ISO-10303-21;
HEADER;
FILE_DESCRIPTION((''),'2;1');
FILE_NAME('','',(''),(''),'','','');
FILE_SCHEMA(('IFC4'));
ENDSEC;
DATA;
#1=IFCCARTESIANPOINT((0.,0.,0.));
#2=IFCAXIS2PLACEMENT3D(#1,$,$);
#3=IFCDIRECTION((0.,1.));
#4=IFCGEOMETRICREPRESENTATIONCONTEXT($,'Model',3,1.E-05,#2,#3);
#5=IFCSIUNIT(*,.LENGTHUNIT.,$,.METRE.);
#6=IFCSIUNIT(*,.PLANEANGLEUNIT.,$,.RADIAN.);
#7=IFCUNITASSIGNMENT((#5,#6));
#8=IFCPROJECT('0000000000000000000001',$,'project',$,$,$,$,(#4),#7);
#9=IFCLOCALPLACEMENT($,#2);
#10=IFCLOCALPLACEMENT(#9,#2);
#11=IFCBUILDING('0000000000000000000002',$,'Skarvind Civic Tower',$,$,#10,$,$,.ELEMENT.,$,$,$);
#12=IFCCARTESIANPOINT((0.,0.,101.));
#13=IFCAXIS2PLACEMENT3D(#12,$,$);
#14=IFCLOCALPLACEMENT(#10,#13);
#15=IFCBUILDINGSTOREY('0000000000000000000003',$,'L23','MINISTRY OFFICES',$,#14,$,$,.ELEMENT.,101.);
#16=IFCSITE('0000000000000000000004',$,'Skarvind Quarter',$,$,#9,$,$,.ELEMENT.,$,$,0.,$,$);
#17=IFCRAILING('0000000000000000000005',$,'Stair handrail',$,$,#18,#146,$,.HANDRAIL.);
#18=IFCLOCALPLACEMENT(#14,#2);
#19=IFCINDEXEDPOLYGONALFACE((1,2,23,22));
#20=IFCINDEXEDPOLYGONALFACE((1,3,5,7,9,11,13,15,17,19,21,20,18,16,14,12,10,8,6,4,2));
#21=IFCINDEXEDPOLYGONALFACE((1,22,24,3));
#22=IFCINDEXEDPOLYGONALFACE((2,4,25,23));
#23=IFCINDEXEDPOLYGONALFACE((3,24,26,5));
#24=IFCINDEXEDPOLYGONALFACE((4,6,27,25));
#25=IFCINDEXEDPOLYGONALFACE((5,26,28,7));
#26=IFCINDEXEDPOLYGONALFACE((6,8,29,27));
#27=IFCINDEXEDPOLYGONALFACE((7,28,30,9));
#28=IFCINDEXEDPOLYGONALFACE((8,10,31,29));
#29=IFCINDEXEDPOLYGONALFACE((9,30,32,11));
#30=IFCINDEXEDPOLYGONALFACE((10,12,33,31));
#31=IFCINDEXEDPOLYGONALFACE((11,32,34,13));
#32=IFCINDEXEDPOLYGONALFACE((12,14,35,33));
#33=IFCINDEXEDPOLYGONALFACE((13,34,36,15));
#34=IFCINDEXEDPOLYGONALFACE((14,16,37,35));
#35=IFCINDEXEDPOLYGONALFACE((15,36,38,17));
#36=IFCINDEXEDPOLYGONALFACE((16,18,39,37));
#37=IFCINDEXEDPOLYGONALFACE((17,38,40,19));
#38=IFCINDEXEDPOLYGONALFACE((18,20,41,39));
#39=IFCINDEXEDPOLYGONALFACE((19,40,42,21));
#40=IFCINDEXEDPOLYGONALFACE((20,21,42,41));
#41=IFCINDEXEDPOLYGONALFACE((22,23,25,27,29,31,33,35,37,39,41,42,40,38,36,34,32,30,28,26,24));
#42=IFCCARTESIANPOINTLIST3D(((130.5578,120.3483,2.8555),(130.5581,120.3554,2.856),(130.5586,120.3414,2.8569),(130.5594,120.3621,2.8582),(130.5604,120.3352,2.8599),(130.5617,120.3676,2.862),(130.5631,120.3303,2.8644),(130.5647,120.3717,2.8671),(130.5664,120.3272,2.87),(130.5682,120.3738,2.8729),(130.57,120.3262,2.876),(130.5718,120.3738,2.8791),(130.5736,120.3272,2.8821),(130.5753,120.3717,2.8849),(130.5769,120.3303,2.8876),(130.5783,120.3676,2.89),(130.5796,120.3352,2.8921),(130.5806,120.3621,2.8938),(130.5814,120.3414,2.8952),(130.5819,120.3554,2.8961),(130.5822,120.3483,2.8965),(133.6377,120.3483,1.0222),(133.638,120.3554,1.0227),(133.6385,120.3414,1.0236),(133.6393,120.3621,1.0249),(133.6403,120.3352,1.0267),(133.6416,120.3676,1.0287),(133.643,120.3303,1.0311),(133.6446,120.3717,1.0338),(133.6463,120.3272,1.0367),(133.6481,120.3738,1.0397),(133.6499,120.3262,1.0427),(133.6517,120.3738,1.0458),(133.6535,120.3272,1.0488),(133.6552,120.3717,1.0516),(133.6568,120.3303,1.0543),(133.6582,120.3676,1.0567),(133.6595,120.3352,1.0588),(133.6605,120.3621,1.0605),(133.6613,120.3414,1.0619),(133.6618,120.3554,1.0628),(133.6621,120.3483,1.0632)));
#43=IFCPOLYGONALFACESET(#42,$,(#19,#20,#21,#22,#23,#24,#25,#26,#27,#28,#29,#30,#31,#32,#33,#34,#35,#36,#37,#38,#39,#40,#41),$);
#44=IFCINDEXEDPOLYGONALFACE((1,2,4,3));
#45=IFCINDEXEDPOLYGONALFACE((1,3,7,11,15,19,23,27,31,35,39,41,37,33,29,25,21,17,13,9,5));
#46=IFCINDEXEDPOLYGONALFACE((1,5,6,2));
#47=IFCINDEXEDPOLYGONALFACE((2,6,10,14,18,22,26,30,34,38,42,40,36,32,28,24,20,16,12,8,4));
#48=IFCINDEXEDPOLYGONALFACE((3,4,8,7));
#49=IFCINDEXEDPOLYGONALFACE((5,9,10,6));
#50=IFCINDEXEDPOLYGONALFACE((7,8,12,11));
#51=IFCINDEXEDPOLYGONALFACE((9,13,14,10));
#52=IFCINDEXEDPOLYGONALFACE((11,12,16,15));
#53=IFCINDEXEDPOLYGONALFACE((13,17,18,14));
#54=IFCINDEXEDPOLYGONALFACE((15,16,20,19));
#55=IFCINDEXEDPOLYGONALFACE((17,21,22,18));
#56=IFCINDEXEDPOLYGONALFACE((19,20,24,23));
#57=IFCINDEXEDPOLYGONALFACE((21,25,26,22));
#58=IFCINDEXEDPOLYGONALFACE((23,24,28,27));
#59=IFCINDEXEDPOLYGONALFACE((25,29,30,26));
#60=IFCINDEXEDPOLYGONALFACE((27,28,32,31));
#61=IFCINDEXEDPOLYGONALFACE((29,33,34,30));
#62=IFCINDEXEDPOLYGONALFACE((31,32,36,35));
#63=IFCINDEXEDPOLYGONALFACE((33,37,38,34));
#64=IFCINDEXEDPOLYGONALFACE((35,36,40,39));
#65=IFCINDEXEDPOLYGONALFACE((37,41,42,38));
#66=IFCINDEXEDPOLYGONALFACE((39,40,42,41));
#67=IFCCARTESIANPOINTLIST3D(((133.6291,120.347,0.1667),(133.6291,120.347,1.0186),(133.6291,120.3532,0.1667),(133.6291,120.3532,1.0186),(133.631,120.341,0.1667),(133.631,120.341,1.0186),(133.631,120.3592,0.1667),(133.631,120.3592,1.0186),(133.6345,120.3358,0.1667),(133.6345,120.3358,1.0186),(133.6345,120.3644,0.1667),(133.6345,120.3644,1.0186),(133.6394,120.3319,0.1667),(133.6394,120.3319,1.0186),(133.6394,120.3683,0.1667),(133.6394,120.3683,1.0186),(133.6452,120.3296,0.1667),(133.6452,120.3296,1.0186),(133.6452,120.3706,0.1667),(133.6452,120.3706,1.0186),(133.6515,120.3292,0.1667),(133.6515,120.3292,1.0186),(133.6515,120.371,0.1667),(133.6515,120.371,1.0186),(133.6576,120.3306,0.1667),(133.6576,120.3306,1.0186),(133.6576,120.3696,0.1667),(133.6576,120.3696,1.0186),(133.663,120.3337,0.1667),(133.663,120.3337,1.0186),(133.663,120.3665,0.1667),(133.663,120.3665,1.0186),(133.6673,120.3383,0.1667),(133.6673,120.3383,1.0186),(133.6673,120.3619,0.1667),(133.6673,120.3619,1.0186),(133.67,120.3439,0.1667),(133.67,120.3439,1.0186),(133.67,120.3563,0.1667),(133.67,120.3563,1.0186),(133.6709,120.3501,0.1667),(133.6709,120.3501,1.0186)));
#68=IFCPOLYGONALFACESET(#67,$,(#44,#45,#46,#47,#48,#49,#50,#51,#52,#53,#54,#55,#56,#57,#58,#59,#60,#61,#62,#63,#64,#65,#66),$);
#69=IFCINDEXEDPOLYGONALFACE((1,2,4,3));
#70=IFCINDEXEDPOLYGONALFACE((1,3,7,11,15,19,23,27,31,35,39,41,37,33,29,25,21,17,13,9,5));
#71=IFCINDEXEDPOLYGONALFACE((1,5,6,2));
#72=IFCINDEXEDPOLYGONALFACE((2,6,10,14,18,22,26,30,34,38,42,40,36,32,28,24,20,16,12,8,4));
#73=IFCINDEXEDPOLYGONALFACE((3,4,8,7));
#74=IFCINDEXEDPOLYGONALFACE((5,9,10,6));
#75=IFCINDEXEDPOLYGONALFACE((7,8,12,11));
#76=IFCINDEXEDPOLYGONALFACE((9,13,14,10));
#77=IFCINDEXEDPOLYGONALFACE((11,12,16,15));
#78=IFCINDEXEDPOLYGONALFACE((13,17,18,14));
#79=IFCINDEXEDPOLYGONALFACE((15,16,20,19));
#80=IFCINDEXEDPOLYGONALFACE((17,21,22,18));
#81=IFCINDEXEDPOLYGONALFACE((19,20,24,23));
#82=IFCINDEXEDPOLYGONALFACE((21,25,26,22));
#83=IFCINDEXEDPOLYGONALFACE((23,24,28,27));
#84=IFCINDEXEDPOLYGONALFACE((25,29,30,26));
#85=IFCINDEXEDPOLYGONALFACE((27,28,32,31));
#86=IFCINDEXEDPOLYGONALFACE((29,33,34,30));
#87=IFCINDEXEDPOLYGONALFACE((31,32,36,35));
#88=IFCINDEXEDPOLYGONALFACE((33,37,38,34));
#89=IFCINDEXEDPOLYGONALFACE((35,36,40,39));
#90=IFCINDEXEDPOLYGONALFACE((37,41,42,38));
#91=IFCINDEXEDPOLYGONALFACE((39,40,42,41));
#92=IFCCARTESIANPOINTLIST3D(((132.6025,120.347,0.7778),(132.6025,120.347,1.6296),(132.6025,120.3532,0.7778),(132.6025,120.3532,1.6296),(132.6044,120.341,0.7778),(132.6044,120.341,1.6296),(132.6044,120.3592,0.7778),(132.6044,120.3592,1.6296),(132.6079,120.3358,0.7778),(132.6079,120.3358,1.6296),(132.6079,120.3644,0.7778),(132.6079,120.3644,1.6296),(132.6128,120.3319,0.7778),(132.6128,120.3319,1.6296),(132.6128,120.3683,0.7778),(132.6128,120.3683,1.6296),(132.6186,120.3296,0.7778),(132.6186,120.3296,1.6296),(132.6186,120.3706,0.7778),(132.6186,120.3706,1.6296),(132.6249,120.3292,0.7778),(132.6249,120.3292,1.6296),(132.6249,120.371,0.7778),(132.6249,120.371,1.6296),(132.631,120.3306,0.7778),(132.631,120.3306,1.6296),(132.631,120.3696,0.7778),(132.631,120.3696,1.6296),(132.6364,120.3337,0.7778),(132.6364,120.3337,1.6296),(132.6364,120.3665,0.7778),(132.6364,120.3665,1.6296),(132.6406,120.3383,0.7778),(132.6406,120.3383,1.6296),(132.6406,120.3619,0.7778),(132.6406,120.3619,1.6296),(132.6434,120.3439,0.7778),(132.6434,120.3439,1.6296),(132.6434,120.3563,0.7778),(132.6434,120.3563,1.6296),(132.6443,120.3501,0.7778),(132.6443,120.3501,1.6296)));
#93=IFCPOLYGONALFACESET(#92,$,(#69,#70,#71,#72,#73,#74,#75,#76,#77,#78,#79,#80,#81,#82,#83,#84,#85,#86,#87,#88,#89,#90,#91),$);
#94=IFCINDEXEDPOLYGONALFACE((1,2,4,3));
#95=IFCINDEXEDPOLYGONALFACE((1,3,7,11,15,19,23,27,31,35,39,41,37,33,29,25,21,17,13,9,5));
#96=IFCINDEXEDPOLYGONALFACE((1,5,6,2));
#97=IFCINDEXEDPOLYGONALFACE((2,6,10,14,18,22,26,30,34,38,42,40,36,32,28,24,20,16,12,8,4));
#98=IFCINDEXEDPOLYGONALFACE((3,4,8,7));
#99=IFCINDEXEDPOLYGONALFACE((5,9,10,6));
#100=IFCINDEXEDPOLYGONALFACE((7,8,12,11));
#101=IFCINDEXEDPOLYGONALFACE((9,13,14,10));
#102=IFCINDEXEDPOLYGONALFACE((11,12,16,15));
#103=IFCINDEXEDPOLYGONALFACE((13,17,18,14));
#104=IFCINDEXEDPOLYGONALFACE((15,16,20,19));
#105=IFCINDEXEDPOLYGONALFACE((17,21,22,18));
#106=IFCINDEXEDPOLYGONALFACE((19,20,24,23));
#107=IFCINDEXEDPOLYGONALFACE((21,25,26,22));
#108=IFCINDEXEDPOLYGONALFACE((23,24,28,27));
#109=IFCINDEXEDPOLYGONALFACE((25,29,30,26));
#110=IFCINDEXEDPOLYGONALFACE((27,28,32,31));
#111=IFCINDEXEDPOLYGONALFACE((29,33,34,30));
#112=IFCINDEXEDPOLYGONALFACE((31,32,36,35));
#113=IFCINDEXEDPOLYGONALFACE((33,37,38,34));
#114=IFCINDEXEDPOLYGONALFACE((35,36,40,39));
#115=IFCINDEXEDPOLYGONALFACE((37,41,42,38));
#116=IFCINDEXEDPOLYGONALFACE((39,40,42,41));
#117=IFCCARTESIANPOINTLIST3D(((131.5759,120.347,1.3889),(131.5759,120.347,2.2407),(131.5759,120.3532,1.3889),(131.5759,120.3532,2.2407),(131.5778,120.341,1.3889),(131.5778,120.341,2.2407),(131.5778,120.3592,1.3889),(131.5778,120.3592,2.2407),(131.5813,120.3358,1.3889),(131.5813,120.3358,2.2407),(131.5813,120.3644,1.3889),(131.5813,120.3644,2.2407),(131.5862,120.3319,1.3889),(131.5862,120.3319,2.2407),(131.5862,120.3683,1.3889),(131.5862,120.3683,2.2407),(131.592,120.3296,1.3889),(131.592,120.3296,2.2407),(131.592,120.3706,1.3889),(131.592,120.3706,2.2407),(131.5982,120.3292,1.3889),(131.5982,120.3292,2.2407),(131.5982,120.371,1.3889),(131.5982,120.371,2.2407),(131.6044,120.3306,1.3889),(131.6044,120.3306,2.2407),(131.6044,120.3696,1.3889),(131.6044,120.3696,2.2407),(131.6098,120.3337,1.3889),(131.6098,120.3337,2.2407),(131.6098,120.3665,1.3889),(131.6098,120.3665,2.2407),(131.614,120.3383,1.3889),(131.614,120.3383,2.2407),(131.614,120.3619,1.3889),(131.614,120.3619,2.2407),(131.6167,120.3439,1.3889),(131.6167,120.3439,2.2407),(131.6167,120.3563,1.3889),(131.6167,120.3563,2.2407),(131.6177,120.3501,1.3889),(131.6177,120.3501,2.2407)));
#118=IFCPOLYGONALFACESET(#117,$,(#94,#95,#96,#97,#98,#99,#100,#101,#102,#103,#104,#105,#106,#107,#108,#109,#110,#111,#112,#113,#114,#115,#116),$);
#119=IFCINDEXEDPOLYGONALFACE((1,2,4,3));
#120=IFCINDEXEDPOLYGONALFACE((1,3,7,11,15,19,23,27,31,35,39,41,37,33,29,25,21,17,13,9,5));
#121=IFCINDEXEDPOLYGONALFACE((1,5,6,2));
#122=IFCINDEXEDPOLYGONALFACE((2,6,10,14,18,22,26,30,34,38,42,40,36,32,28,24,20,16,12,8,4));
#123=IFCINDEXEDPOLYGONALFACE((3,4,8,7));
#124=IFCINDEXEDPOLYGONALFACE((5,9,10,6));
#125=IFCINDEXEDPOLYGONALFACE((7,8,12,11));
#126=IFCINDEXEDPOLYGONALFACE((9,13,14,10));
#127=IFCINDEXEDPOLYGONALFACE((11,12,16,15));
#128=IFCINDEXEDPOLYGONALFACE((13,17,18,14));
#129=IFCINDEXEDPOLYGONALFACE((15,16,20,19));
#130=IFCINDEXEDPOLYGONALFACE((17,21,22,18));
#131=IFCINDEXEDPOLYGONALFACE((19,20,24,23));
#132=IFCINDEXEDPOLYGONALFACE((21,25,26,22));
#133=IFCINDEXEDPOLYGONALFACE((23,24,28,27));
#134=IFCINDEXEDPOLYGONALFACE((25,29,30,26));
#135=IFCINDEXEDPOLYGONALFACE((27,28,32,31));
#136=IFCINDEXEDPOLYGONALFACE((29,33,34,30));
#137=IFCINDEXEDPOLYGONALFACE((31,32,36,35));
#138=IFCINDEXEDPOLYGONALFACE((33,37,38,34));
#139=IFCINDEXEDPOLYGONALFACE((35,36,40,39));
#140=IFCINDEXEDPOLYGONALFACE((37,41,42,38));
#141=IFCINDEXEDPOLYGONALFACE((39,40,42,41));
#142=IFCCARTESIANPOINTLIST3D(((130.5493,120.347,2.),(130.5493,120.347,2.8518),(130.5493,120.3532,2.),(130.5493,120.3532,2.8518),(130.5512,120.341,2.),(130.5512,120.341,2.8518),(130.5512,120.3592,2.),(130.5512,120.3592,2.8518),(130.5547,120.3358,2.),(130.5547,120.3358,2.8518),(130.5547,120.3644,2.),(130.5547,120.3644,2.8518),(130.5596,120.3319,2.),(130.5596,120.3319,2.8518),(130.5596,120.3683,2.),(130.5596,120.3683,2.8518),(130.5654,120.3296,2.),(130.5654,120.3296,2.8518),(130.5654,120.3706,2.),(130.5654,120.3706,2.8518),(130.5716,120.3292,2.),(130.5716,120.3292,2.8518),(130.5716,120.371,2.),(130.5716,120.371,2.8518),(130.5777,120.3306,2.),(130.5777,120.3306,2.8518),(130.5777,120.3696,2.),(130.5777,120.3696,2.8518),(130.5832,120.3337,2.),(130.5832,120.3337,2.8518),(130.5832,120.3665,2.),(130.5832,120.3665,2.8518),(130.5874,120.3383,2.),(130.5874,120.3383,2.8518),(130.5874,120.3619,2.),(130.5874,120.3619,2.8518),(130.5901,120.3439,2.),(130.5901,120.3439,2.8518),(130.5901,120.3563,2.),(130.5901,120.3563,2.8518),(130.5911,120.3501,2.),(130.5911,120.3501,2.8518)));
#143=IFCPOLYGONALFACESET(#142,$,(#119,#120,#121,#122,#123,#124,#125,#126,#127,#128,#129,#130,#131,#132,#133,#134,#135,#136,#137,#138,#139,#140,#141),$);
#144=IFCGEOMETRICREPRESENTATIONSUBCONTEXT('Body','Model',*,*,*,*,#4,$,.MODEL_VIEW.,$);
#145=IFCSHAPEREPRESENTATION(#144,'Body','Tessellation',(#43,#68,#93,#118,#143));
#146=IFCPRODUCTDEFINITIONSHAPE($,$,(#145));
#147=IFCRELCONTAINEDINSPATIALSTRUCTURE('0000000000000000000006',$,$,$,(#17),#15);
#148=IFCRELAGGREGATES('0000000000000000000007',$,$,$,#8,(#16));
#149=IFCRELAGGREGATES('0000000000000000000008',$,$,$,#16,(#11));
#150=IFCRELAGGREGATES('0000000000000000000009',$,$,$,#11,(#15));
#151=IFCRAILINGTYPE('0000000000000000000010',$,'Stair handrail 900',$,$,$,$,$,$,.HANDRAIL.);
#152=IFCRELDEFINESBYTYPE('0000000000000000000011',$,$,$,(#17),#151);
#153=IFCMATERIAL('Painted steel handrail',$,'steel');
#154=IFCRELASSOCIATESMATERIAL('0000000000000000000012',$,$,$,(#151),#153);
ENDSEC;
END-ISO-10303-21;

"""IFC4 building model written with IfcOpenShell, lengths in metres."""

from ifc_helpers import new_model, si_unit, direction, frame, origin, origin_2d, place, context, subcontext, project, spatial, circle, extrude, material, type_object, element, save


model = new_model("IFC4")

# Units and contexts
model_context = context("Model", 3, precision=1e-05, world=origin(), true_north=direction((0.0, 1.0)))
body_context = subcontext(model_context, "Body", "Model", "MODEL_VIEW")
ifc_project = project(units=[si_unit("LENGTHUNIT", "METRE"), si_unit("PLANEANGLEUNIT", "RADIAN")], contexts=[model_context])

# Site, building, storey
site_placement = place(None, origin())
site = spatial("IfcSite", under=ifc_project, at=site_placement, Name="Skarvind Quarter", CompositionType="ELEMENT", RefElevation=0.0)
building_placement = place(site_placement, origin())
building = spatial("IfcBuilding", under=site, at=building_placement, Name="Skarvind Civic Tower", CompositionType="ELEMENT")
storey_placement = place(building_placement, frame((0.0, 0.0, 101.0)))
storey = spatial("IfcBuildingStorey", under=building, at=storey_placement, Name="L23", Description="MINISTRY OFFICES", CompositionType="ELEMENT", Elevation=101.0)

# Railing
ifc_material_1 = material(Name="Painted steel handrail", Category="steel")
railing_type = type_object("IfcRailingType", Name="Stair handrail 900", PredefinedType="HANDRAIL", material=ifc_material_1)
railing_1_placement = place(storey_placement, frame((133.6499, 120.3501, 0.1667)))
element("IfcRailing", 1, at=railing_1_placement, inside=storey, type_object=railing_type, Name="Stair handrail", PredefinedType="HANDRAIL", context=body_context, shape_type="SweptSolid", body=[
    extrude(circle(Radius=0.0239, at=origin_2d()), frame((0.0, 0.0, 0.876), z_axis=(-0.859291, 0.0, 0.511487), x_axis=(0.0, -1.0, 0.0)), (0.0, 0.0, 1.0), 3.5842),
    extrude(circle(Radius=0.021, at=origin_2d()), origin(), (0.0, 0.0, 1.0), 0.8518),
    extrude(circle(Radius=0.021, at=origin_2d()), frame((-1.0266, 0.0, 0.6111)), (0.0, 0.0, 1.0), 0.8518),
    extrude(circle(Radius=0.021, at=origin_2d()), frame((-2.0532, 0.0, 1.2222)), (0.0, 0.0, 1.0), 0.8518),
    extrude(circle(Radius=0.021, at=origin_2d()), frame((-3.0798, 0.0, 1.8333)), (0.0, 0.0, 1.0), 0.8518),
])

save(model, "model.ifc")
